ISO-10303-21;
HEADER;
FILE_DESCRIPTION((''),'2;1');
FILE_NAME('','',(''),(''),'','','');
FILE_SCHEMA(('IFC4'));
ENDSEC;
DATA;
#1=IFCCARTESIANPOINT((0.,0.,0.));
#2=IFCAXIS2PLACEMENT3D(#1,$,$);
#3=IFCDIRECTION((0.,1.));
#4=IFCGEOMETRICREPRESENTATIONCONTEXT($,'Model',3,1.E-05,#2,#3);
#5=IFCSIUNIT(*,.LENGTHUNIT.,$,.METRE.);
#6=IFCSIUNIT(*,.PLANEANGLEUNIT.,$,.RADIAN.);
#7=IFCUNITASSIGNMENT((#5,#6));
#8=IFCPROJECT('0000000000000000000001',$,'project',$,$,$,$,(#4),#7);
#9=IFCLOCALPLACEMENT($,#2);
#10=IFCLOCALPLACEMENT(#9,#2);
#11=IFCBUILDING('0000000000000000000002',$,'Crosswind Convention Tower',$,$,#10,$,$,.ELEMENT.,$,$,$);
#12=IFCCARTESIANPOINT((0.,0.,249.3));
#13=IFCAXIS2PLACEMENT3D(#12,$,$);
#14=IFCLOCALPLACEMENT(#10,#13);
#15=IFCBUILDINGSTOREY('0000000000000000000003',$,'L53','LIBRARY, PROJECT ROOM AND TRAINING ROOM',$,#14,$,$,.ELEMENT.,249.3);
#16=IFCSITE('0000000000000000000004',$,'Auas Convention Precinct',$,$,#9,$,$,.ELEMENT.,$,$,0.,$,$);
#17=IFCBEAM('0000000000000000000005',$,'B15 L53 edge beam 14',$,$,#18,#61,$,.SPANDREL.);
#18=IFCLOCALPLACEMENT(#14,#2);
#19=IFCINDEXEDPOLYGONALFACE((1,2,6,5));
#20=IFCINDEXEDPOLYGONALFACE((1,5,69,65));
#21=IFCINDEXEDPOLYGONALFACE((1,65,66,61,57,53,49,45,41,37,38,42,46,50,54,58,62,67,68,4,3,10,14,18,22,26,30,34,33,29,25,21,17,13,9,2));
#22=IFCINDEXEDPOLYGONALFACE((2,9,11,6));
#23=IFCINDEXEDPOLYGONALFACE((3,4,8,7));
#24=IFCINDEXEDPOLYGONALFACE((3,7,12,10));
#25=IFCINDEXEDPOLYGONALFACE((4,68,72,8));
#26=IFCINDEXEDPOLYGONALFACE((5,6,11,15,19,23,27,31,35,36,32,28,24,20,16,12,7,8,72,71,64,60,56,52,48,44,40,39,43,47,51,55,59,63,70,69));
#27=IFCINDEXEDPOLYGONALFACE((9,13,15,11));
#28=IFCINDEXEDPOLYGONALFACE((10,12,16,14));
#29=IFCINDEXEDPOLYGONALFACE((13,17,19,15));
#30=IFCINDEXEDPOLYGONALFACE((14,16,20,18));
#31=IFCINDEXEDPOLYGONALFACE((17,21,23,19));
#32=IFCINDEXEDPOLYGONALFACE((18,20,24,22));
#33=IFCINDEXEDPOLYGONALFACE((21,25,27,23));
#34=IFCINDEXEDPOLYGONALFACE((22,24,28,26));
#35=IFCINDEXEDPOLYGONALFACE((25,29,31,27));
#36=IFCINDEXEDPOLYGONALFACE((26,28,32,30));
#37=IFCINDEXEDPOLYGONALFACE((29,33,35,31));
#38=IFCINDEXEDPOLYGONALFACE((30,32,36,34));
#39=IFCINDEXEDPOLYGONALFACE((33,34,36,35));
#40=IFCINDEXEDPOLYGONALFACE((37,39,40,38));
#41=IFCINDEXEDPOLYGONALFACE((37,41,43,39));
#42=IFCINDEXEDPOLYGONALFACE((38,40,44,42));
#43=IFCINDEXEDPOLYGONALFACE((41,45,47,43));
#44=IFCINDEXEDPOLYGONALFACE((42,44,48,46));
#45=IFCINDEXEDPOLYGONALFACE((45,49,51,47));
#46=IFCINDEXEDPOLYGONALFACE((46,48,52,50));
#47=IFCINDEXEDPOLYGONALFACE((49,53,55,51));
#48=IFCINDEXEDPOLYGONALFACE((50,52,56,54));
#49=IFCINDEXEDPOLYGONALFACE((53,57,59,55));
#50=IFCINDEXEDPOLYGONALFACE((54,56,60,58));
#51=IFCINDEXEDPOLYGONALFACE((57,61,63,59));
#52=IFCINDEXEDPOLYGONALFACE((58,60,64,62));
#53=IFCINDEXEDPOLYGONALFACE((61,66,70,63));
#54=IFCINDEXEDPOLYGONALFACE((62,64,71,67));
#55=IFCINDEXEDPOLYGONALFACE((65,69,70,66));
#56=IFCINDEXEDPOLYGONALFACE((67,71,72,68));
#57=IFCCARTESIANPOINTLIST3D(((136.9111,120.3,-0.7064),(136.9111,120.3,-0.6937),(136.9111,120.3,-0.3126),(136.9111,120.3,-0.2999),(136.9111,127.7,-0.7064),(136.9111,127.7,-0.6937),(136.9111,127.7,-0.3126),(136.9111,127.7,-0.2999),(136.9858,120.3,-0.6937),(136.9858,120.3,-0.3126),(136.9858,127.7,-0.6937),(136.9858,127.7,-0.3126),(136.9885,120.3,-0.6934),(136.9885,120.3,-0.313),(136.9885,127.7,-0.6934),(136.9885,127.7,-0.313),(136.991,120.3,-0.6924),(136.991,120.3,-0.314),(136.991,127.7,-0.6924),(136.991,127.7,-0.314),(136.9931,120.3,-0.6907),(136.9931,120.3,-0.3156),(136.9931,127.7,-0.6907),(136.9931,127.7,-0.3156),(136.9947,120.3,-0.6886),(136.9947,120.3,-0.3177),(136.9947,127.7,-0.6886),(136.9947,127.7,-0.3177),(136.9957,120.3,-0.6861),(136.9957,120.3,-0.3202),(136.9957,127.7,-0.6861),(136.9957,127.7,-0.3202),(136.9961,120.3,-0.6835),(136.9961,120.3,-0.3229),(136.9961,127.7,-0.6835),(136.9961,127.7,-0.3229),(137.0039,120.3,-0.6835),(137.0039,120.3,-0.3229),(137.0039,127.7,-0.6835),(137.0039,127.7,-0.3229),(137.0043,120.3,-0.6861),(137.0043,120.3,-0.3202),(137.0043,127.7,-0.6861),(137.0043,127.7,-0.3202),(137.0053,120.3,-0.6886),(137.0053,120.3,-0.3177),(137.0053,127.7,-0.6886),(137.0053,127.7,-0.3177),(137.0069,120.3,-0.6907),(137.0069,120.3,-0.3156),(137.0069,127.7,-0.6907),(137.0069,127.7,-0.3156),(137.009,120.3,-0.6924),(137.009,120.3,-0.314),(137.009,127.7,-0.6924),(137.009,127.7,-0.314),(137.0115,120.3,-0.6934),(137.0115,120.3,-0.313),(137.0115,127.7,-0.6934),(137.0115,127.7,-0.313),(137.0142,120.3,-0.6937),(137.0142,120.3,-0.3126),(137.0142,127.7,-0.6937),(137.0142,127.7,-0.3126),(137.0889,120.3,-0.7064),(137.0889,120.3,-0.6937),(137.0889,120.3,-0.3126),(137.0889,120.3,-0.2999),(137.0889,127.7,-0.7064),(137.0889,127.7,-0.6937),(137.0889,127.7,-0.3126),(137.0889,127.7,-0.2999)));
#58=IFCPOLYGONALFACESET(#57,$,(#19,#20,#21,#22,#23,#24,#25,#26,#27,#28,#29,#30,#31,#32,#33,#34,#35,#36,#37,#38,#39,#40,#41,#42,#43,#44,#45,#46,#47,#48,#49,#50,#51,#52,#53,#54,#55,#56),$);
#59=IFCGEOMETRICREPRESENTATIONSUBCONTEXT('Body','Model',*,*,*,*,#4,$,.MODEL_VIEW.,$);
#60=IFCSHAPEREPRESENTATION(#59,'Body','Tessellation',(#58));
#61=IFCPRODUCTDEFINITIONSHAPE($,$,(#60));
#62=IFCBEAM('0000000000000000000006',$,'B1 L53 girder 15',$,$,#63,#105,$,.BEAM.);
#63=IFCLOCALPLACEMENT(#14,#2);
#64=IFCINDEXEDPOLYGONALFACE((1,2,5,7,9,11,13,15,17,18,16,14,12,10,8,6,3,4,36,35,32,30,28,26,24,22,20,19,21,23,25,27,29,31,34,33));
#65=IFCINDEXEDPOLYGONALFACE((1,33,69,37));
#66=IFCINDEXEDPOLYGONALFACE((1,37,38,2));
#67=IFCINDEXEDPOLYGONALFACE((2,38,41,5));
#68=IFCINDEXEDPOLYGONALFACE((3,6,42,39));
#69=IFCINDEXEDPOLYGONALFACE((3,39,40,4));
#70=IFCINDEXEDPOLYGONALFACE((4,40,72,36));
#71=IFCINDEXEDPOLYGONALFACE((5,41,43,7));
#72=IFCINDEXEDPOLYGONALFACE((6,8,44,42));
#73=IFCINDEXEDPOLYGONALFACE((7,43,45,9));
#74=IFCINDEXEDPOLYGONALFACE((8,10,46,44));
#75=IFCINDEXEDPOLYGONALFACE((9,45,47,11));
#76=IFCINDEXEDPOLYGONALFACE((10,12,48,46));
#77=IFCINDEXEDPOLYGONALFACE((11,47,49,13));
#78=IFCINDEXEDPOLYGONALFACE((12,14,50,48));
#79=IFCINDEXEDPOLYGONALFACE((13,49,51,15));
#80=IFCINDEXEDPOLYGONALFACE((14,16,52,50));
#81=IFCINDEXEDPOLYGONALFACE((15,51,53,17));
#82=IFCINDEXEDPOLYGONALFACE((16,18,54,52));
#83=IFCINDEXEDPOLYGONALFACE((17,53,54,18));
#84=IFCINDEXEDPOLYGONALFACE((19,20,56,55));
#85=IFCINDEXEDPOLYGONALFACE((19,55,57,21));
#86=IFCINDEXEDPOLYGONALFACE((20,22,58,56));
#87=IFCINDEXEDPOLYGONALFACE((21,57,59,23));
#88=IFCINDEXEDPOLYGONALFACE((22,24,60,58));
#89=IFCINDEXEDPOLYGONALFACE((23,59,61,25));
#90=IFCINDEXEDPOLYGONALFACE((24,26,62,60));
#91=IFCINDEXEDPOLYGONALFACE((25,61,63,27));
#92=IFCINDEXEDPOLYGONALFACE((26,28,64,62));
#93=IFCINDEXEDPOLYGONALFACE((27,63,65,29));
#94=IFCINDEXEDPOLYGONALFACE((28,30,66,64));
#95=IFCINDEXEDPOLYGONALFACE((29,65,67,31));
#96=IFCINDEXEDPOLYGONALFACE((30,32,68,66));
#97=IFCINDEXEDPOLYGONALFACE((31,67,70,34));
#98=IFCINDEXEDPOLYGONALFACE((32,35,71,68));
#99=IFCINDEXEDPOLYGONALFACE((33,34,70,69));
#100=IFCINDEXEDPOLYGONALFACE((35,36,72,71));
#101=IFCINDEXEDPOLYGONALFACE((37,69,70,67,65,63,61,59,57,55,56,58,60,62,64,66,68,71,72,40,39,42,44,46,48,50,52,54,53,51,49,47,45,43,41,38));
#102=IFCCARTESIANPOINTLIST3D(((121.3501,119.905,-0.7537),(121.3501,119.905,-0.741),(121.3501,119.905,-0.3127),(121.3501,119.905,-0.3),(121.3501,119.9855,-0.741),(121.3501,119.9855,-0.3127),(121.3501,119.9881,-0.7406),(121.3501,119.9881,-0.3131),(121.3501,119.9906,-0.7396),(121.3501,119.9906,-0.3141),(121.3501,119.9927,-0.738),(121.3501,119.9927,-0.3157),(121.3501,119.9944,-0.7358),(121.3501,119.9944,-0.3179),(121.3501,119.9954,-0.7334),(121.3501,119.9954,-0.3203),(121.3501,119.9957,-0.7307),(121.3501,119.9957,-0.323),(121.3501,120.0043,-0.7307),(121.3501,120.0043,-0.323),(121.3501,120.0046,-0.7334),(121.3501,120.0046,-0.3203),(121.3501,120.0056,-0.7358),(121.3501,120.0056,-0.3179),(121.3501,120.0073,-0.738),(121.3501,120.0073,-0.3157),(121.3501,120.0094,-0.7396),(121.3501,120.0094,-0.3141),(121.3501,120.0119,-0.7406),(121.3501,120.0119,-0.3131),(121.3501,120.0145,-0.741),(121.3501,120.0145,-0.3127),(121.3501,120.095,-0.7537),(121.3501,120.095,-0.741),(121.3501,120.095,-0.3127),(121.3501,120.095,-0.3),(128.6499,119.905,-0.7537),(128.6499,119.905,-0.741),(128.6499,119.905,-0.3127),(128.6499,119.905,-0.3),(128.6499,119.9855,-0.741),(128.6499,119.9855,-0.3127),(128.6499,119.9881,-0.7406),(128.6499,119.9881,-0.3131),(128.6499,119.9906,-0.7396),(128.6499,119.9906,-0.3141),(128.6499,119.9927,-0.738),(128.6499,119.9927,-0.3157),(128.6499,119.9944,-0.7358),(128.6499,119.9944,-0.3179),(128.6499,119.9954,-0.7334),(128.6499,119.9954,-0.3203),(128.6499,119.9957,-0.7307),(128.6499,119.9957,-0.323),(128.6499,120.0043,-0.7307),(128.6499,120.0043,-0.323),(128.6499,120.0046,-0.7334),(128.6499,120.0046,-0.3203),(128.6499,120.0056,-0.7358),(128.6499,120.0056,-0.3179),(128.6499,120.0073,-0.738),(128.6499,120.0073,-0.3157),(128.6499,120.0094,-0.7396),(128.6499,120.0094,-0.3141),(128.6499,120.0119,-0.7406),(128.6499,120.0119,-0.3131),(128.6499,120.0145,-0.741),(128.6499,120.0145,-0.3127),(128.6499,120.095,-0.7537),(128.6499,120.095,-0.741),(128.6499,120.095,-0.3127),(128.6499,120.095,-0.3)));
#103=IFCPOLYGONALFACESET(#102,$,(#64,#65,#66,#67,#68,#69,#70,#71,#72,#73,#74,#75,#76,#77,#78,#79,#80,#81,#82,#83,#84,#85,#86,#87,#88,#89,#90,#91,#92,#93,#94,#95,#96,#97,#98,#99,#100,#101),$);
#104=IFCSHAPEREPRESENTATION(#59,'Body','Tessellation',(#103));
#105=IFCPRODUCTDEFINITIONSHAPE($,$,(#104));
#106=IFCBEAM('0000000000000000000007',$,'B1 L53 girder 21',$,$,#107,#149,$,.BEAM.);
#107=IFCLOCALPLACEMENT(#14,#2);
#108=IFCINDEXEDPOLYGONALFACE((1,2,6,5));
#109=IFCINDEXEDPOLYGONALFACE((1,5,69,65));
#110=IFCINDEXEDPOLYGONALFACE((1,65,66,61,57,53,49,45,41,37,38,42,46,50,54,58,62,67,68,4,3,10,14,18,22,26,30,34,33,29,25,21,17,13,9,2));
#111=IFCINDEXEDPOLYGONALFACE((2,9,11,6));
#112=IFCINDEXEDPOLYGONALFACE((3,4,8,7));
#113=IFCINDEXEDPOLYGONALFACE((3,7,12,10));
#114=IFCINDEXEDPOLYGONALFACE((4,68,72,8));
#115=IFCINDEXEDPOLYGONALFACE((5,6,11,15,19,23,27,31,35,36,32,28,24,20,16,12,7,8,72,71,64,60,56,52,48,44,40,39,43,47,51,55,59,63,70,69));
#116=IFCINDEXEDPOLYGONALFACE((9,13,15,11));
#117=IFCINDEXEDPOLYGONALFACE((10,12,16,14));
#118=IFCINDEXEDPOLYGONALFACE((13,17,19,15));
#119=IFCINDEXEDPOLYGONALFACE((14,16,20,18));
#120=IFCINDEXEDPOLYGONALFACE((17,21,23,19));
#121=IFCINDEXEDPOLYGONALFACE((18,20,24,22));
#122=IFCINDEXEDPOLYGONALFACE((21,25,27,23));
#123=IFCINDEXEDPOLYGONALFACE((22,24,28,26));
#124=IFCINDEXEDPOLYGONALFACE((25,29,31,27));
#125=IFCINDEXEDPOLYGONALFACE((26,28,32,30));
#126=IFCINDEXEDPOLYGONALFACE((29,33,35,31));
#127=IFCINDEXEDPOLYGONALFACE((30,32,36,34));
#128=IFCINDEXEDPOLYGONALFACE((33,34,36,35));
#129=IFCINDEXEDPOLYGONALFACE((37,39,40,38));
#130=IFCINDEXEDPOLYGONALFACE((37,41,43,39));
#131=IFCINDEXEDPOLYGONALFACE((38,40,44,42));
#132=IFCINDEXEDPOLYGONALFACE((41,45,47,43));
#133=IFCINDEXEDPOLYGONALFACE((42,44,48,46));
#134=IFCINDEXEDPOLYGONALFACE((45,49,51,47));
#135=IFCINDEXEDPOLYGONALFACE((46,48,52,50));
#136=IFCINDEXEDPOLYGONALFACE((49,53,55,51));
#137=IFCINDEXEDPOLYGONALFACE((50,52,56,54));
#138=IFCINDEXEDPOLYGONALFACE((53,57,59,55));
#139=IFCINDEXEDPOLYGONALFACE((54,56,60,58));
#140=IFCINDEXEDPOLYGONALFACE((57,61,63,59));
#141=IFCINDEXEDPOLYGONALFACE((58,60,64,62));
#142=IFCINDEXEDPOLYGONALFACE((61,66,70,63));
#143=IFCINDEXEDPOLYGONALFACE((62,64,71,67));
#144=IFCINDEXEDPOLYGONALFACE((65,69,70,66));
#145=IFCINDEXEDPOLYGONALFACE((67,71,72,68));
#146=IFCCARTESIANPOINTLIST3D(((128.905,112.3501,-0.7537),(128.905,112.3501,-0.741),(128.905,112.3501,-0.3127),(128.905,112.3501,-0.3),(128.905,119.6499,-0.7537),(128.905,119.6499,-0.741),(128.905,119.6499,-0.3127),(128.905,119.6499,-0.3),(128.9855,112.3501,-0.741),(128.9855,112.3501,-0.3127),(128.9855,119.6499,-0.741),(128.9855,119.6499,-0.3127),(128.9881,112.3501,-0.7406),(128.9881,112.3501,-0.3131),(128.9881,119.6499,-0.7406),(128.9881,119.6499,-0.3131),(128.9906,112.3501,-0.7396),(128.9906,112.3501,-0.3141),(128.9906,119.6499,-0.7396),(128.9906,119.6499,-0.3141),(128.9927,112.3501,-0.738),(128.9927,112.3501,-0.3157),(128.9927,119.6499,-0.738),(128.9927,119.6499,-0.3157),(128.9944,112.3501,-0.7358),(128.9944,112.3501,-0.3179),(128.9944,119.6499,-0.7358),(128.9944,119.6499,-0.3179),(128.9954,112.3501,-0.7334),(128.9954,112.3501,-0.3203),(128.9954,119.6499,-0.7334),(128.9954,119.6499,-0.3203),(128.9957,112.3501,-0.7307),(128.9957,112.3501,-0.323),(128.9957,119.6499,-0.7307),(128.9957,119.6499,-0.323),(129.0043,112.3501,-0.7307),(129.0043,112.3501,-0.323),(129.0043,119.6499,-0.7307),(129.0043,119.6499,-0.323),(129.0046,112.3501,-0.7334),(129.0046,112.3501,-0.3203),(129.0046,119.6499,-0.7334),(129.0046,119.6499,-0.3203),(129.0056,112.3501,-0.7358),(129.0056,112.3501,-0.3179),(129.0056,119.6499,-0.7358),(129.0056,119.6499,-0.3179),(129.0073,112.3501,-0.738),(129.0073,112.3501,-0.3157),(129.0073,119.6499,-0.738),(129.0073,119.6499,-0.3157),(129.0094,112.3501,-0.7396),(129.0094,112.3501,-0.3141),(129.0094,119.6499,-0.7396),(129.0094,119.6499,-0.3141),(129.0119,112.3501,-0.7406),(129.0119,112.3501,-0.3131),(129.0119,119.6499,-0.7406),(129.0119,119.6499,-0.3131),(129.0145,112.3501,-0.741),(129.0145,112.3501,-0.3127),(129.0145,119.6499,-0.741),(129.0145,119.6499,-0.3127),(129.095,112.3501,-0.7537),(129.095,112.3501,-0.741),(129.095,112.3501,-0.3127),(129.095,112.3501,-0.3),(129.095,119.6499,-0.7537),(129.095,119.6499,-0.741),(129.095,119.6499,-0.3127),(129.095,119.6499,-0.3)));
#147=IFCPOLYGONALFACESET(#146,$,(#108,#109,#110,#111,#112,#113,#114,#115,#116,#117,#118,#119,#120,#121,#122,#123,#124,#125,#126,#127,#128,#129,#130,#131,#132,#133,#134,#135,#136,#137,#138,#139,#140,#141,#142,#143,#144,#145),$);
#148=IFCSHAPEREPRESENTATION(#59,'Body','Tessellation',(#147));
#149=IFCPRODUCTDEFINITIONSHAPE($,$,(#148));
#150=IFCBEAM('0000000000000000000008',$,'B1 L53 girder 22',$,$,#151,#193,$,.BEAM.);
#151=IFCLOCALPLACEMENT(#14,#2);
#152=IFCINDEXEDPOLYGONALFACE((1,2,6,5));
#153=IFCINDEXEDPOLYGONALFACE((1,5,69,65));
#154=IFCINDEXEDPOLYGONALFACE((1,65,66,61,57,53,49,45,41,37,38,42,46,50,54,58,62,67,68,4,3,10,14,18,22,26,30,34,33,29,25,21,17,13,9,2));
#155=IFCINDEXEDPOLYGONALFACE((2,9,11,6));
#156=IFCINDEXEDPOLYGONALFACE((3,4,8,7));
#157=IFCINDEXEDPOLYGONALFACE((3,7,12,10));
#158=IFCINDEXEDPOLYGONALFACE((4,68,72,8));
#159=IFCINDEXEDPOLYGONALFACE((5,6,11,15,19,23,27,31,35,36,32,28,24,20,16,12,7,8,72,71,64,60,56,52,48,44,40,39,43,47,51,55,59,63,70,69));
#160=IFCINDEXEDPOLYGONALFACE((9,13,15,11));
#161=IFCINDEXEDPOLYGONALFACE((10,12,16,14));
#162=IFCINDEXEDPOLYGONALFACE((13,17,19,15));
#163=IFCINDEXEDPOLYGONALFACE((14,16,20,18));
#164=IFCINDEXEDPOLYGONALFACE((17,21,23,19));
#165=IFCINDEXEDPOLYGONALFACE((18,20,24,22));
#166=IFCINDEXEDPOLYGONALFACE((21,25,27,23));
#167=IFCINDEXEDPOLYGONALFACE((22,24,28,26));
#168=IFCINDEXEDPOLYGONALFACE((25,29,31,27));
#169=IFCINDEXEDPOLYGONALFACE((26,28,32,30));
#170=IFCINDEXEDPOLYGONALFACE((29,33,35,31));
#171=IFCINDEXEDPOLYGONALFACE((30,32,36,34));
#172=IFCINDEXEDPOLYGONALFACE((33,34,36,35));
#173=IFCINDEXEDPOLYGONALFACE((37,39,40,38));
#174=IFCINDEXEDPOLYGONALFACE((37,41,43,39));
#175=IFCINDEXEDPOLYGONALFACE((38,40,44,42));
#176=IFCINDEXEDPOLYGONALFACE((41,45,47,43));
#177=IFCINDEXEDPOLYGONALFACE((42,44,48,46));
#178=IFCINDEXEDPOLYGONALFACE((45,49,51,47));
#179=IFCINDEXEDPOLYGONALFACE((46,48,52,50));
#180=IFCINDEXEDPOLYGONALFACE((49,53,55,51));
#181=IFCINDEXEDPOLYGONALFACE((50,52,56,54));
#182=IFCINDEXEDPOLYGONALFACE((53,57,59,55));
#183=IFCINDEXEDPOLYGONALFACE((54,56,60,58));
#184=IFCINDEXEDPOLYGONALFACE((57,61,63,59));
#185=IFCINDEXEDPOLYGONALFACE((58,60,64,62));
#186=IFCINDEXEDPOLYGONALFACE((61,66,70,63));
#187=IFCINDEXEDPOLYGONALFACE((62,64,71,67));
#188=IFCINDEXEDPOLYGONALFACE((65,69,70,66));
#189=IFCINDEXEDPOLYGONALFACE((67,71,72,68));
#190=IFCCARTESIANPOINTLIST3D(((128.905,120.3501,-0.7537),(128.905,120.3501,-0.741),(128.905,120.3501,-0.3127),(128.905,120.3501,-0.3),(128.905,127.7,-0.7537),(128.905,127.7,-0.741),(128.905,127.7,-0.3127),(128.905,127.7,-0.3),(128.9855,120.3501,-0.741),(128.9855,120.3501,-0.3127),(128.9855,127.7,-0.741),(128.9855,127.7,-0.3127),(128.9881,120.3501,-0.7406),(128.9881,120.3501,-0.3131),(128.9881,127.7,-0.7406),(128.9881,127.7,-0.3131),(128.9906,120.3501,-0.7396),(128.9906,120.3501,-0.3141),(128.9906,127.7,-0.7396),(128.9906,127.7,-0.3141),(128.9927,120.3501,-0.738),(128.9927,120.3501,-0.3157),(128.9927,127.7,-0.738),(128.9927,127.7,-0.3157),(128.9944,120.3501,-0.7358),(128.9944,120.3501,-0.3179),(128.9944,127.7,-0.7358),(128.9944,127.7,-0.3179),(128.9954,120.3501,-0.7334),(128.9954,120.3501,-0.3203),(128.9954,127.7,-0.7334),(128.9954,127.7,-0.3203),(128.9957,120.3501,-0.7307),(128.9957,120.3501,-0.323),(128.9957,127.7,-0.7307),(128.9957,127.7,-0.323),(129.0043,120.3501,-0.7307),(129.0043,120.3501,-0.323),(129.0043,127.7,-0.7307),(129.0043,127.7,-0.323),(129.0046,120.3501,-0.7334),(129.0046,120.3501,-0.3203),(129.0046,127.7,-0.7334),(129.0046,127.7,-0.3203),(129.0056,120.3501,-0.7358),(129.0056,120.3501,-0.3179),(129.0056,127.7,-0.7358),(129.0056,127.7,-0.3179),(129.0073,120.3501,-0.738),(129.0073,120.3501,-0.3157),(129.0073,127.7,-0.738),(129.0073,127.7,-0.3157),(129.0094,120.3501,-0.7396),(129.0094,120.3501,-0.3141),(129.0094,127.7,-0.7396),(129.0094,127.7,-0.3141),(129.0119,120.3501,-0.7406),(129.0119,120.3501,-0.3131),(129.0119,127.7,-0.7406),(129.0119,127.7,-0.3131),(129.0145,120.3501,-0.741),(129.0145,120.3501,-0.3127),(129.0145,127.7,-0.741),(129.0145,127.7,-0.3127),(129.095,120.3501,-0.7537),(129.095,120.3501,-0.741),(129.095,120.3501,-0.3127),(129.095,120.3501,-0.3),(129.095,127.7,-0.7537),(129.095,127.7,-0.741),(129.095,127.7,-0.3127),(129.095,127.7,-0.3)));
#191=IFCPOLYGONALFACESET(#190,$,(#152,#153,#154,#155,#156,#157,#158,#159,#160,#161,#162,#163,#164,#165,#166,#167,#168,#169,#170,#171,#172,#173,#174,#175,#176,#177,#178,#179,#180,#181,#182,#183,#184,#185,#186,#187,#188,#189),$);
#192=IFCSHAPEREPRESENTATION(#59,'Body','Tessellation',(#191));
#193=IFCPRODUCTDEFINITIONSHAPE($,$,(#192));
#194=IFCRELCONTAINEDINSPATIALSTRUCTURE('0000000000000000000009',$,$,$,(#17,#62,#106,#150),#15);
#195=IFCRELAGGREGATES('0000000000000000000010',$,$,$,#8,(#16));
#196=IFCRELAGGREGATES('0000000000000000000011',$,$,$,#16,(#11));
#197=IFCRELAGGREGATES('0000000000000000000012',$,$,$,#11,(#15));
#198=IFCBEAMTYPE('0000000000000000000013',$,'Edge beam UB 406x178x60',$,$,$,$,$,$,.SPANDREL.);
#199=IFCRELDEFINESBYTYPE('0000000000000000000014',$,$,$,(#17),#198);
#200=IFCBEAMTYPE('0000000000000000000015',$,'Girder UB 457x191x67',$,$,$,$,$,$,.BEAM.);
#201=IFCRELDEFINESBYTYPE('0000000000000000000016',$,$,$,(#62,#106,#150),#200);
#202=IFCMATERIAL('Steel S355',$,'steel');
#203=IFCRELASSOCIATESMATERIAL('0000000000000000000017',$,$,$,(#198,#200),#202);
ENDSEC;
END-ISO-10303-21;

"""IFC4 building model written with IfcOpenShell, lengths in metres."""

from ifc_helpers import new_model, si_unit, direction, frame, origin, origin_2d, place, context, subcontext, project, spatial, i_section, extrude, material, material_profile, profile_set, type_object, element, save


model = new_model("IFC4")

# Units and contexts
model_context = context("Model", 3, precision=1e-05, world=origin(), true_north=direction((0.0, 1.0)))
body_context = subcontext(model_context, "Body", "Model", "MODEL_VIEW")
ifc_project = project(units=[si_unit("LENGTHUNIT", "METRE"), si_unit("PLANEANGLEUNIT", "RADIAN")], contexts=[model_context])

# Site, building, storey
site_placement = place(None, origin())
site = spatial("IfcSite", under=ifc_project, at=site_placement, Name="Auas Convention Precinct", CompositionType="ELEMENT", RefElevation=0.0)
building_placement = place(site_placement, origin())
building = spatial("IfcBuilding", under=site, at=building_placement, Name="Crosswind Convention Tower", CompositionType="ELEMENT")
storey_placement = place(building_placement, frame((0.0, 0.0, 249.3)))
storey = spatial("IfcBuildingStorey", under=building, at=storey_placement, Name="L53", Description="LIBRARY, PROJECT ROOM AND TRAINING ROOM", CompositionType="ELEMENT", Elevation=249.3)

# Beams
ifc_material_1 = material(Name="Steel S355", Category="steel")
ifc_material_profile_1 = material_profile(ifc_material_1, i_section(OverallWidth=0.1777, OverallDepth=0.4065, WebThickness=0.0078, FlangeThickness=0.0127, FilletRadius=0.0103, at=origin_2d()), Name="UB 406x178x60")
ifc_profile_set_1 = profile_set([ifc_material_profile_1], Name="Steel S355")
beam_type_1 = type_object("IfcBeamType", Name="Edge beam UB 406x178x60", PredefinedType="SPANDREL", material=ifc_profile_set_1)
beam_1_placement = place(storey_placement, frame((137.0, 120.3, -0.5032), z_axis=(0.0, 1.0, 0.0), x_axis=(-1.0, 0.0, 0.0)))
element("IfcBeam", 1, at=beam_1_placement, inside=storey, type_object=beam_type_1, Name="B15 L53 edge beam 14", PredefinedType="SPANDREL", context=body_context, shape_type="SweptSolid", body=[
    extrude(i_section(OverallWidth=0.1777, OverallDepth=0.4065, WebThickness=0.0078, FlangeThickness=0.0127, FilletRadius=0.0103, at=origin_2d()), origin(), (0.0, 0.0, 1.0), 7.3999),
])
ifc_material_profile_2 = material_profile(ifc_material_1, i_section(OverallWidth=0.1899, OverallDepth=0.4536, WebThickness=0.0085, FlangeThickness=0.0127, FilletRadius=0.0103, at=origin_2d()), Name="UB 457x191x67")
ifc_profile_set_2 = profile_set([ifc_material_profile_2], Name="Steel S355")
beam_type_2 = type_object("IfcBeamType", Name="Girder UB 457x191x67", PredefinedType="BEAM", material=ifc_profile_set_2)
for number, where, z_axis, x_axis, name in (
    (2, (121.3501, 120.0, -0.5269), (1.0, 0.0, 0.0), (0.0, 1.0, 0.0), "B1 L53 girder 15"),
    (3, (129.0, 112.3501, -0.5269), (0.0, 1.0, 0.0), (-1.0, 0.0, 0.0), "B1 L53 girder 21"),
):
    element("IfcBeam", number, at=place(storey_placement, frame(where, z_axis=z_axis, x_axis=x_axis)), inside=storey, type_object=beam_type_2, Name=name, PredefinedType="BEAM", context=body_context, shape_type="SweptSolid", body=[
        extrude(i_section(OverallWidth=0.1899, OverallDepth=0.4536, WebThickness=0.0085, FlangeThickness=0.0127, FilletRadius=0.0103, at=origin_2d()), origin(), (0.0, 0.0, 1.0), 7.2998),
    ])
for number, where, z_axis, x_axis, name in (
    (4, (129.0, 120.3501, -0.5269), (0.0, 1.0, 0.0), (-1.0, 0.0, 0.0), "B1 L53 girder 22"),
):
    element("IfcBeam", number, at=place(storey_placement, frame(where, z_axis=z_axis, x_axis=x_axis)), inside=storey, type_object=beam_type_2, Name=name, PredefinedType="BEAM", context=body_context, shape_type="SweptSolid", body=[
        extrude(i_section(OverallWidth=0.1899, OverallDepth=0.4536, WebThickness=0.0085, FlangeThickness=0.0127, FilletRadius=0.0103, at=origin_2d()), origin(), (0.0, 0.0, 1.0), 7.3499),
    ])

save(model, "model.ifc")
